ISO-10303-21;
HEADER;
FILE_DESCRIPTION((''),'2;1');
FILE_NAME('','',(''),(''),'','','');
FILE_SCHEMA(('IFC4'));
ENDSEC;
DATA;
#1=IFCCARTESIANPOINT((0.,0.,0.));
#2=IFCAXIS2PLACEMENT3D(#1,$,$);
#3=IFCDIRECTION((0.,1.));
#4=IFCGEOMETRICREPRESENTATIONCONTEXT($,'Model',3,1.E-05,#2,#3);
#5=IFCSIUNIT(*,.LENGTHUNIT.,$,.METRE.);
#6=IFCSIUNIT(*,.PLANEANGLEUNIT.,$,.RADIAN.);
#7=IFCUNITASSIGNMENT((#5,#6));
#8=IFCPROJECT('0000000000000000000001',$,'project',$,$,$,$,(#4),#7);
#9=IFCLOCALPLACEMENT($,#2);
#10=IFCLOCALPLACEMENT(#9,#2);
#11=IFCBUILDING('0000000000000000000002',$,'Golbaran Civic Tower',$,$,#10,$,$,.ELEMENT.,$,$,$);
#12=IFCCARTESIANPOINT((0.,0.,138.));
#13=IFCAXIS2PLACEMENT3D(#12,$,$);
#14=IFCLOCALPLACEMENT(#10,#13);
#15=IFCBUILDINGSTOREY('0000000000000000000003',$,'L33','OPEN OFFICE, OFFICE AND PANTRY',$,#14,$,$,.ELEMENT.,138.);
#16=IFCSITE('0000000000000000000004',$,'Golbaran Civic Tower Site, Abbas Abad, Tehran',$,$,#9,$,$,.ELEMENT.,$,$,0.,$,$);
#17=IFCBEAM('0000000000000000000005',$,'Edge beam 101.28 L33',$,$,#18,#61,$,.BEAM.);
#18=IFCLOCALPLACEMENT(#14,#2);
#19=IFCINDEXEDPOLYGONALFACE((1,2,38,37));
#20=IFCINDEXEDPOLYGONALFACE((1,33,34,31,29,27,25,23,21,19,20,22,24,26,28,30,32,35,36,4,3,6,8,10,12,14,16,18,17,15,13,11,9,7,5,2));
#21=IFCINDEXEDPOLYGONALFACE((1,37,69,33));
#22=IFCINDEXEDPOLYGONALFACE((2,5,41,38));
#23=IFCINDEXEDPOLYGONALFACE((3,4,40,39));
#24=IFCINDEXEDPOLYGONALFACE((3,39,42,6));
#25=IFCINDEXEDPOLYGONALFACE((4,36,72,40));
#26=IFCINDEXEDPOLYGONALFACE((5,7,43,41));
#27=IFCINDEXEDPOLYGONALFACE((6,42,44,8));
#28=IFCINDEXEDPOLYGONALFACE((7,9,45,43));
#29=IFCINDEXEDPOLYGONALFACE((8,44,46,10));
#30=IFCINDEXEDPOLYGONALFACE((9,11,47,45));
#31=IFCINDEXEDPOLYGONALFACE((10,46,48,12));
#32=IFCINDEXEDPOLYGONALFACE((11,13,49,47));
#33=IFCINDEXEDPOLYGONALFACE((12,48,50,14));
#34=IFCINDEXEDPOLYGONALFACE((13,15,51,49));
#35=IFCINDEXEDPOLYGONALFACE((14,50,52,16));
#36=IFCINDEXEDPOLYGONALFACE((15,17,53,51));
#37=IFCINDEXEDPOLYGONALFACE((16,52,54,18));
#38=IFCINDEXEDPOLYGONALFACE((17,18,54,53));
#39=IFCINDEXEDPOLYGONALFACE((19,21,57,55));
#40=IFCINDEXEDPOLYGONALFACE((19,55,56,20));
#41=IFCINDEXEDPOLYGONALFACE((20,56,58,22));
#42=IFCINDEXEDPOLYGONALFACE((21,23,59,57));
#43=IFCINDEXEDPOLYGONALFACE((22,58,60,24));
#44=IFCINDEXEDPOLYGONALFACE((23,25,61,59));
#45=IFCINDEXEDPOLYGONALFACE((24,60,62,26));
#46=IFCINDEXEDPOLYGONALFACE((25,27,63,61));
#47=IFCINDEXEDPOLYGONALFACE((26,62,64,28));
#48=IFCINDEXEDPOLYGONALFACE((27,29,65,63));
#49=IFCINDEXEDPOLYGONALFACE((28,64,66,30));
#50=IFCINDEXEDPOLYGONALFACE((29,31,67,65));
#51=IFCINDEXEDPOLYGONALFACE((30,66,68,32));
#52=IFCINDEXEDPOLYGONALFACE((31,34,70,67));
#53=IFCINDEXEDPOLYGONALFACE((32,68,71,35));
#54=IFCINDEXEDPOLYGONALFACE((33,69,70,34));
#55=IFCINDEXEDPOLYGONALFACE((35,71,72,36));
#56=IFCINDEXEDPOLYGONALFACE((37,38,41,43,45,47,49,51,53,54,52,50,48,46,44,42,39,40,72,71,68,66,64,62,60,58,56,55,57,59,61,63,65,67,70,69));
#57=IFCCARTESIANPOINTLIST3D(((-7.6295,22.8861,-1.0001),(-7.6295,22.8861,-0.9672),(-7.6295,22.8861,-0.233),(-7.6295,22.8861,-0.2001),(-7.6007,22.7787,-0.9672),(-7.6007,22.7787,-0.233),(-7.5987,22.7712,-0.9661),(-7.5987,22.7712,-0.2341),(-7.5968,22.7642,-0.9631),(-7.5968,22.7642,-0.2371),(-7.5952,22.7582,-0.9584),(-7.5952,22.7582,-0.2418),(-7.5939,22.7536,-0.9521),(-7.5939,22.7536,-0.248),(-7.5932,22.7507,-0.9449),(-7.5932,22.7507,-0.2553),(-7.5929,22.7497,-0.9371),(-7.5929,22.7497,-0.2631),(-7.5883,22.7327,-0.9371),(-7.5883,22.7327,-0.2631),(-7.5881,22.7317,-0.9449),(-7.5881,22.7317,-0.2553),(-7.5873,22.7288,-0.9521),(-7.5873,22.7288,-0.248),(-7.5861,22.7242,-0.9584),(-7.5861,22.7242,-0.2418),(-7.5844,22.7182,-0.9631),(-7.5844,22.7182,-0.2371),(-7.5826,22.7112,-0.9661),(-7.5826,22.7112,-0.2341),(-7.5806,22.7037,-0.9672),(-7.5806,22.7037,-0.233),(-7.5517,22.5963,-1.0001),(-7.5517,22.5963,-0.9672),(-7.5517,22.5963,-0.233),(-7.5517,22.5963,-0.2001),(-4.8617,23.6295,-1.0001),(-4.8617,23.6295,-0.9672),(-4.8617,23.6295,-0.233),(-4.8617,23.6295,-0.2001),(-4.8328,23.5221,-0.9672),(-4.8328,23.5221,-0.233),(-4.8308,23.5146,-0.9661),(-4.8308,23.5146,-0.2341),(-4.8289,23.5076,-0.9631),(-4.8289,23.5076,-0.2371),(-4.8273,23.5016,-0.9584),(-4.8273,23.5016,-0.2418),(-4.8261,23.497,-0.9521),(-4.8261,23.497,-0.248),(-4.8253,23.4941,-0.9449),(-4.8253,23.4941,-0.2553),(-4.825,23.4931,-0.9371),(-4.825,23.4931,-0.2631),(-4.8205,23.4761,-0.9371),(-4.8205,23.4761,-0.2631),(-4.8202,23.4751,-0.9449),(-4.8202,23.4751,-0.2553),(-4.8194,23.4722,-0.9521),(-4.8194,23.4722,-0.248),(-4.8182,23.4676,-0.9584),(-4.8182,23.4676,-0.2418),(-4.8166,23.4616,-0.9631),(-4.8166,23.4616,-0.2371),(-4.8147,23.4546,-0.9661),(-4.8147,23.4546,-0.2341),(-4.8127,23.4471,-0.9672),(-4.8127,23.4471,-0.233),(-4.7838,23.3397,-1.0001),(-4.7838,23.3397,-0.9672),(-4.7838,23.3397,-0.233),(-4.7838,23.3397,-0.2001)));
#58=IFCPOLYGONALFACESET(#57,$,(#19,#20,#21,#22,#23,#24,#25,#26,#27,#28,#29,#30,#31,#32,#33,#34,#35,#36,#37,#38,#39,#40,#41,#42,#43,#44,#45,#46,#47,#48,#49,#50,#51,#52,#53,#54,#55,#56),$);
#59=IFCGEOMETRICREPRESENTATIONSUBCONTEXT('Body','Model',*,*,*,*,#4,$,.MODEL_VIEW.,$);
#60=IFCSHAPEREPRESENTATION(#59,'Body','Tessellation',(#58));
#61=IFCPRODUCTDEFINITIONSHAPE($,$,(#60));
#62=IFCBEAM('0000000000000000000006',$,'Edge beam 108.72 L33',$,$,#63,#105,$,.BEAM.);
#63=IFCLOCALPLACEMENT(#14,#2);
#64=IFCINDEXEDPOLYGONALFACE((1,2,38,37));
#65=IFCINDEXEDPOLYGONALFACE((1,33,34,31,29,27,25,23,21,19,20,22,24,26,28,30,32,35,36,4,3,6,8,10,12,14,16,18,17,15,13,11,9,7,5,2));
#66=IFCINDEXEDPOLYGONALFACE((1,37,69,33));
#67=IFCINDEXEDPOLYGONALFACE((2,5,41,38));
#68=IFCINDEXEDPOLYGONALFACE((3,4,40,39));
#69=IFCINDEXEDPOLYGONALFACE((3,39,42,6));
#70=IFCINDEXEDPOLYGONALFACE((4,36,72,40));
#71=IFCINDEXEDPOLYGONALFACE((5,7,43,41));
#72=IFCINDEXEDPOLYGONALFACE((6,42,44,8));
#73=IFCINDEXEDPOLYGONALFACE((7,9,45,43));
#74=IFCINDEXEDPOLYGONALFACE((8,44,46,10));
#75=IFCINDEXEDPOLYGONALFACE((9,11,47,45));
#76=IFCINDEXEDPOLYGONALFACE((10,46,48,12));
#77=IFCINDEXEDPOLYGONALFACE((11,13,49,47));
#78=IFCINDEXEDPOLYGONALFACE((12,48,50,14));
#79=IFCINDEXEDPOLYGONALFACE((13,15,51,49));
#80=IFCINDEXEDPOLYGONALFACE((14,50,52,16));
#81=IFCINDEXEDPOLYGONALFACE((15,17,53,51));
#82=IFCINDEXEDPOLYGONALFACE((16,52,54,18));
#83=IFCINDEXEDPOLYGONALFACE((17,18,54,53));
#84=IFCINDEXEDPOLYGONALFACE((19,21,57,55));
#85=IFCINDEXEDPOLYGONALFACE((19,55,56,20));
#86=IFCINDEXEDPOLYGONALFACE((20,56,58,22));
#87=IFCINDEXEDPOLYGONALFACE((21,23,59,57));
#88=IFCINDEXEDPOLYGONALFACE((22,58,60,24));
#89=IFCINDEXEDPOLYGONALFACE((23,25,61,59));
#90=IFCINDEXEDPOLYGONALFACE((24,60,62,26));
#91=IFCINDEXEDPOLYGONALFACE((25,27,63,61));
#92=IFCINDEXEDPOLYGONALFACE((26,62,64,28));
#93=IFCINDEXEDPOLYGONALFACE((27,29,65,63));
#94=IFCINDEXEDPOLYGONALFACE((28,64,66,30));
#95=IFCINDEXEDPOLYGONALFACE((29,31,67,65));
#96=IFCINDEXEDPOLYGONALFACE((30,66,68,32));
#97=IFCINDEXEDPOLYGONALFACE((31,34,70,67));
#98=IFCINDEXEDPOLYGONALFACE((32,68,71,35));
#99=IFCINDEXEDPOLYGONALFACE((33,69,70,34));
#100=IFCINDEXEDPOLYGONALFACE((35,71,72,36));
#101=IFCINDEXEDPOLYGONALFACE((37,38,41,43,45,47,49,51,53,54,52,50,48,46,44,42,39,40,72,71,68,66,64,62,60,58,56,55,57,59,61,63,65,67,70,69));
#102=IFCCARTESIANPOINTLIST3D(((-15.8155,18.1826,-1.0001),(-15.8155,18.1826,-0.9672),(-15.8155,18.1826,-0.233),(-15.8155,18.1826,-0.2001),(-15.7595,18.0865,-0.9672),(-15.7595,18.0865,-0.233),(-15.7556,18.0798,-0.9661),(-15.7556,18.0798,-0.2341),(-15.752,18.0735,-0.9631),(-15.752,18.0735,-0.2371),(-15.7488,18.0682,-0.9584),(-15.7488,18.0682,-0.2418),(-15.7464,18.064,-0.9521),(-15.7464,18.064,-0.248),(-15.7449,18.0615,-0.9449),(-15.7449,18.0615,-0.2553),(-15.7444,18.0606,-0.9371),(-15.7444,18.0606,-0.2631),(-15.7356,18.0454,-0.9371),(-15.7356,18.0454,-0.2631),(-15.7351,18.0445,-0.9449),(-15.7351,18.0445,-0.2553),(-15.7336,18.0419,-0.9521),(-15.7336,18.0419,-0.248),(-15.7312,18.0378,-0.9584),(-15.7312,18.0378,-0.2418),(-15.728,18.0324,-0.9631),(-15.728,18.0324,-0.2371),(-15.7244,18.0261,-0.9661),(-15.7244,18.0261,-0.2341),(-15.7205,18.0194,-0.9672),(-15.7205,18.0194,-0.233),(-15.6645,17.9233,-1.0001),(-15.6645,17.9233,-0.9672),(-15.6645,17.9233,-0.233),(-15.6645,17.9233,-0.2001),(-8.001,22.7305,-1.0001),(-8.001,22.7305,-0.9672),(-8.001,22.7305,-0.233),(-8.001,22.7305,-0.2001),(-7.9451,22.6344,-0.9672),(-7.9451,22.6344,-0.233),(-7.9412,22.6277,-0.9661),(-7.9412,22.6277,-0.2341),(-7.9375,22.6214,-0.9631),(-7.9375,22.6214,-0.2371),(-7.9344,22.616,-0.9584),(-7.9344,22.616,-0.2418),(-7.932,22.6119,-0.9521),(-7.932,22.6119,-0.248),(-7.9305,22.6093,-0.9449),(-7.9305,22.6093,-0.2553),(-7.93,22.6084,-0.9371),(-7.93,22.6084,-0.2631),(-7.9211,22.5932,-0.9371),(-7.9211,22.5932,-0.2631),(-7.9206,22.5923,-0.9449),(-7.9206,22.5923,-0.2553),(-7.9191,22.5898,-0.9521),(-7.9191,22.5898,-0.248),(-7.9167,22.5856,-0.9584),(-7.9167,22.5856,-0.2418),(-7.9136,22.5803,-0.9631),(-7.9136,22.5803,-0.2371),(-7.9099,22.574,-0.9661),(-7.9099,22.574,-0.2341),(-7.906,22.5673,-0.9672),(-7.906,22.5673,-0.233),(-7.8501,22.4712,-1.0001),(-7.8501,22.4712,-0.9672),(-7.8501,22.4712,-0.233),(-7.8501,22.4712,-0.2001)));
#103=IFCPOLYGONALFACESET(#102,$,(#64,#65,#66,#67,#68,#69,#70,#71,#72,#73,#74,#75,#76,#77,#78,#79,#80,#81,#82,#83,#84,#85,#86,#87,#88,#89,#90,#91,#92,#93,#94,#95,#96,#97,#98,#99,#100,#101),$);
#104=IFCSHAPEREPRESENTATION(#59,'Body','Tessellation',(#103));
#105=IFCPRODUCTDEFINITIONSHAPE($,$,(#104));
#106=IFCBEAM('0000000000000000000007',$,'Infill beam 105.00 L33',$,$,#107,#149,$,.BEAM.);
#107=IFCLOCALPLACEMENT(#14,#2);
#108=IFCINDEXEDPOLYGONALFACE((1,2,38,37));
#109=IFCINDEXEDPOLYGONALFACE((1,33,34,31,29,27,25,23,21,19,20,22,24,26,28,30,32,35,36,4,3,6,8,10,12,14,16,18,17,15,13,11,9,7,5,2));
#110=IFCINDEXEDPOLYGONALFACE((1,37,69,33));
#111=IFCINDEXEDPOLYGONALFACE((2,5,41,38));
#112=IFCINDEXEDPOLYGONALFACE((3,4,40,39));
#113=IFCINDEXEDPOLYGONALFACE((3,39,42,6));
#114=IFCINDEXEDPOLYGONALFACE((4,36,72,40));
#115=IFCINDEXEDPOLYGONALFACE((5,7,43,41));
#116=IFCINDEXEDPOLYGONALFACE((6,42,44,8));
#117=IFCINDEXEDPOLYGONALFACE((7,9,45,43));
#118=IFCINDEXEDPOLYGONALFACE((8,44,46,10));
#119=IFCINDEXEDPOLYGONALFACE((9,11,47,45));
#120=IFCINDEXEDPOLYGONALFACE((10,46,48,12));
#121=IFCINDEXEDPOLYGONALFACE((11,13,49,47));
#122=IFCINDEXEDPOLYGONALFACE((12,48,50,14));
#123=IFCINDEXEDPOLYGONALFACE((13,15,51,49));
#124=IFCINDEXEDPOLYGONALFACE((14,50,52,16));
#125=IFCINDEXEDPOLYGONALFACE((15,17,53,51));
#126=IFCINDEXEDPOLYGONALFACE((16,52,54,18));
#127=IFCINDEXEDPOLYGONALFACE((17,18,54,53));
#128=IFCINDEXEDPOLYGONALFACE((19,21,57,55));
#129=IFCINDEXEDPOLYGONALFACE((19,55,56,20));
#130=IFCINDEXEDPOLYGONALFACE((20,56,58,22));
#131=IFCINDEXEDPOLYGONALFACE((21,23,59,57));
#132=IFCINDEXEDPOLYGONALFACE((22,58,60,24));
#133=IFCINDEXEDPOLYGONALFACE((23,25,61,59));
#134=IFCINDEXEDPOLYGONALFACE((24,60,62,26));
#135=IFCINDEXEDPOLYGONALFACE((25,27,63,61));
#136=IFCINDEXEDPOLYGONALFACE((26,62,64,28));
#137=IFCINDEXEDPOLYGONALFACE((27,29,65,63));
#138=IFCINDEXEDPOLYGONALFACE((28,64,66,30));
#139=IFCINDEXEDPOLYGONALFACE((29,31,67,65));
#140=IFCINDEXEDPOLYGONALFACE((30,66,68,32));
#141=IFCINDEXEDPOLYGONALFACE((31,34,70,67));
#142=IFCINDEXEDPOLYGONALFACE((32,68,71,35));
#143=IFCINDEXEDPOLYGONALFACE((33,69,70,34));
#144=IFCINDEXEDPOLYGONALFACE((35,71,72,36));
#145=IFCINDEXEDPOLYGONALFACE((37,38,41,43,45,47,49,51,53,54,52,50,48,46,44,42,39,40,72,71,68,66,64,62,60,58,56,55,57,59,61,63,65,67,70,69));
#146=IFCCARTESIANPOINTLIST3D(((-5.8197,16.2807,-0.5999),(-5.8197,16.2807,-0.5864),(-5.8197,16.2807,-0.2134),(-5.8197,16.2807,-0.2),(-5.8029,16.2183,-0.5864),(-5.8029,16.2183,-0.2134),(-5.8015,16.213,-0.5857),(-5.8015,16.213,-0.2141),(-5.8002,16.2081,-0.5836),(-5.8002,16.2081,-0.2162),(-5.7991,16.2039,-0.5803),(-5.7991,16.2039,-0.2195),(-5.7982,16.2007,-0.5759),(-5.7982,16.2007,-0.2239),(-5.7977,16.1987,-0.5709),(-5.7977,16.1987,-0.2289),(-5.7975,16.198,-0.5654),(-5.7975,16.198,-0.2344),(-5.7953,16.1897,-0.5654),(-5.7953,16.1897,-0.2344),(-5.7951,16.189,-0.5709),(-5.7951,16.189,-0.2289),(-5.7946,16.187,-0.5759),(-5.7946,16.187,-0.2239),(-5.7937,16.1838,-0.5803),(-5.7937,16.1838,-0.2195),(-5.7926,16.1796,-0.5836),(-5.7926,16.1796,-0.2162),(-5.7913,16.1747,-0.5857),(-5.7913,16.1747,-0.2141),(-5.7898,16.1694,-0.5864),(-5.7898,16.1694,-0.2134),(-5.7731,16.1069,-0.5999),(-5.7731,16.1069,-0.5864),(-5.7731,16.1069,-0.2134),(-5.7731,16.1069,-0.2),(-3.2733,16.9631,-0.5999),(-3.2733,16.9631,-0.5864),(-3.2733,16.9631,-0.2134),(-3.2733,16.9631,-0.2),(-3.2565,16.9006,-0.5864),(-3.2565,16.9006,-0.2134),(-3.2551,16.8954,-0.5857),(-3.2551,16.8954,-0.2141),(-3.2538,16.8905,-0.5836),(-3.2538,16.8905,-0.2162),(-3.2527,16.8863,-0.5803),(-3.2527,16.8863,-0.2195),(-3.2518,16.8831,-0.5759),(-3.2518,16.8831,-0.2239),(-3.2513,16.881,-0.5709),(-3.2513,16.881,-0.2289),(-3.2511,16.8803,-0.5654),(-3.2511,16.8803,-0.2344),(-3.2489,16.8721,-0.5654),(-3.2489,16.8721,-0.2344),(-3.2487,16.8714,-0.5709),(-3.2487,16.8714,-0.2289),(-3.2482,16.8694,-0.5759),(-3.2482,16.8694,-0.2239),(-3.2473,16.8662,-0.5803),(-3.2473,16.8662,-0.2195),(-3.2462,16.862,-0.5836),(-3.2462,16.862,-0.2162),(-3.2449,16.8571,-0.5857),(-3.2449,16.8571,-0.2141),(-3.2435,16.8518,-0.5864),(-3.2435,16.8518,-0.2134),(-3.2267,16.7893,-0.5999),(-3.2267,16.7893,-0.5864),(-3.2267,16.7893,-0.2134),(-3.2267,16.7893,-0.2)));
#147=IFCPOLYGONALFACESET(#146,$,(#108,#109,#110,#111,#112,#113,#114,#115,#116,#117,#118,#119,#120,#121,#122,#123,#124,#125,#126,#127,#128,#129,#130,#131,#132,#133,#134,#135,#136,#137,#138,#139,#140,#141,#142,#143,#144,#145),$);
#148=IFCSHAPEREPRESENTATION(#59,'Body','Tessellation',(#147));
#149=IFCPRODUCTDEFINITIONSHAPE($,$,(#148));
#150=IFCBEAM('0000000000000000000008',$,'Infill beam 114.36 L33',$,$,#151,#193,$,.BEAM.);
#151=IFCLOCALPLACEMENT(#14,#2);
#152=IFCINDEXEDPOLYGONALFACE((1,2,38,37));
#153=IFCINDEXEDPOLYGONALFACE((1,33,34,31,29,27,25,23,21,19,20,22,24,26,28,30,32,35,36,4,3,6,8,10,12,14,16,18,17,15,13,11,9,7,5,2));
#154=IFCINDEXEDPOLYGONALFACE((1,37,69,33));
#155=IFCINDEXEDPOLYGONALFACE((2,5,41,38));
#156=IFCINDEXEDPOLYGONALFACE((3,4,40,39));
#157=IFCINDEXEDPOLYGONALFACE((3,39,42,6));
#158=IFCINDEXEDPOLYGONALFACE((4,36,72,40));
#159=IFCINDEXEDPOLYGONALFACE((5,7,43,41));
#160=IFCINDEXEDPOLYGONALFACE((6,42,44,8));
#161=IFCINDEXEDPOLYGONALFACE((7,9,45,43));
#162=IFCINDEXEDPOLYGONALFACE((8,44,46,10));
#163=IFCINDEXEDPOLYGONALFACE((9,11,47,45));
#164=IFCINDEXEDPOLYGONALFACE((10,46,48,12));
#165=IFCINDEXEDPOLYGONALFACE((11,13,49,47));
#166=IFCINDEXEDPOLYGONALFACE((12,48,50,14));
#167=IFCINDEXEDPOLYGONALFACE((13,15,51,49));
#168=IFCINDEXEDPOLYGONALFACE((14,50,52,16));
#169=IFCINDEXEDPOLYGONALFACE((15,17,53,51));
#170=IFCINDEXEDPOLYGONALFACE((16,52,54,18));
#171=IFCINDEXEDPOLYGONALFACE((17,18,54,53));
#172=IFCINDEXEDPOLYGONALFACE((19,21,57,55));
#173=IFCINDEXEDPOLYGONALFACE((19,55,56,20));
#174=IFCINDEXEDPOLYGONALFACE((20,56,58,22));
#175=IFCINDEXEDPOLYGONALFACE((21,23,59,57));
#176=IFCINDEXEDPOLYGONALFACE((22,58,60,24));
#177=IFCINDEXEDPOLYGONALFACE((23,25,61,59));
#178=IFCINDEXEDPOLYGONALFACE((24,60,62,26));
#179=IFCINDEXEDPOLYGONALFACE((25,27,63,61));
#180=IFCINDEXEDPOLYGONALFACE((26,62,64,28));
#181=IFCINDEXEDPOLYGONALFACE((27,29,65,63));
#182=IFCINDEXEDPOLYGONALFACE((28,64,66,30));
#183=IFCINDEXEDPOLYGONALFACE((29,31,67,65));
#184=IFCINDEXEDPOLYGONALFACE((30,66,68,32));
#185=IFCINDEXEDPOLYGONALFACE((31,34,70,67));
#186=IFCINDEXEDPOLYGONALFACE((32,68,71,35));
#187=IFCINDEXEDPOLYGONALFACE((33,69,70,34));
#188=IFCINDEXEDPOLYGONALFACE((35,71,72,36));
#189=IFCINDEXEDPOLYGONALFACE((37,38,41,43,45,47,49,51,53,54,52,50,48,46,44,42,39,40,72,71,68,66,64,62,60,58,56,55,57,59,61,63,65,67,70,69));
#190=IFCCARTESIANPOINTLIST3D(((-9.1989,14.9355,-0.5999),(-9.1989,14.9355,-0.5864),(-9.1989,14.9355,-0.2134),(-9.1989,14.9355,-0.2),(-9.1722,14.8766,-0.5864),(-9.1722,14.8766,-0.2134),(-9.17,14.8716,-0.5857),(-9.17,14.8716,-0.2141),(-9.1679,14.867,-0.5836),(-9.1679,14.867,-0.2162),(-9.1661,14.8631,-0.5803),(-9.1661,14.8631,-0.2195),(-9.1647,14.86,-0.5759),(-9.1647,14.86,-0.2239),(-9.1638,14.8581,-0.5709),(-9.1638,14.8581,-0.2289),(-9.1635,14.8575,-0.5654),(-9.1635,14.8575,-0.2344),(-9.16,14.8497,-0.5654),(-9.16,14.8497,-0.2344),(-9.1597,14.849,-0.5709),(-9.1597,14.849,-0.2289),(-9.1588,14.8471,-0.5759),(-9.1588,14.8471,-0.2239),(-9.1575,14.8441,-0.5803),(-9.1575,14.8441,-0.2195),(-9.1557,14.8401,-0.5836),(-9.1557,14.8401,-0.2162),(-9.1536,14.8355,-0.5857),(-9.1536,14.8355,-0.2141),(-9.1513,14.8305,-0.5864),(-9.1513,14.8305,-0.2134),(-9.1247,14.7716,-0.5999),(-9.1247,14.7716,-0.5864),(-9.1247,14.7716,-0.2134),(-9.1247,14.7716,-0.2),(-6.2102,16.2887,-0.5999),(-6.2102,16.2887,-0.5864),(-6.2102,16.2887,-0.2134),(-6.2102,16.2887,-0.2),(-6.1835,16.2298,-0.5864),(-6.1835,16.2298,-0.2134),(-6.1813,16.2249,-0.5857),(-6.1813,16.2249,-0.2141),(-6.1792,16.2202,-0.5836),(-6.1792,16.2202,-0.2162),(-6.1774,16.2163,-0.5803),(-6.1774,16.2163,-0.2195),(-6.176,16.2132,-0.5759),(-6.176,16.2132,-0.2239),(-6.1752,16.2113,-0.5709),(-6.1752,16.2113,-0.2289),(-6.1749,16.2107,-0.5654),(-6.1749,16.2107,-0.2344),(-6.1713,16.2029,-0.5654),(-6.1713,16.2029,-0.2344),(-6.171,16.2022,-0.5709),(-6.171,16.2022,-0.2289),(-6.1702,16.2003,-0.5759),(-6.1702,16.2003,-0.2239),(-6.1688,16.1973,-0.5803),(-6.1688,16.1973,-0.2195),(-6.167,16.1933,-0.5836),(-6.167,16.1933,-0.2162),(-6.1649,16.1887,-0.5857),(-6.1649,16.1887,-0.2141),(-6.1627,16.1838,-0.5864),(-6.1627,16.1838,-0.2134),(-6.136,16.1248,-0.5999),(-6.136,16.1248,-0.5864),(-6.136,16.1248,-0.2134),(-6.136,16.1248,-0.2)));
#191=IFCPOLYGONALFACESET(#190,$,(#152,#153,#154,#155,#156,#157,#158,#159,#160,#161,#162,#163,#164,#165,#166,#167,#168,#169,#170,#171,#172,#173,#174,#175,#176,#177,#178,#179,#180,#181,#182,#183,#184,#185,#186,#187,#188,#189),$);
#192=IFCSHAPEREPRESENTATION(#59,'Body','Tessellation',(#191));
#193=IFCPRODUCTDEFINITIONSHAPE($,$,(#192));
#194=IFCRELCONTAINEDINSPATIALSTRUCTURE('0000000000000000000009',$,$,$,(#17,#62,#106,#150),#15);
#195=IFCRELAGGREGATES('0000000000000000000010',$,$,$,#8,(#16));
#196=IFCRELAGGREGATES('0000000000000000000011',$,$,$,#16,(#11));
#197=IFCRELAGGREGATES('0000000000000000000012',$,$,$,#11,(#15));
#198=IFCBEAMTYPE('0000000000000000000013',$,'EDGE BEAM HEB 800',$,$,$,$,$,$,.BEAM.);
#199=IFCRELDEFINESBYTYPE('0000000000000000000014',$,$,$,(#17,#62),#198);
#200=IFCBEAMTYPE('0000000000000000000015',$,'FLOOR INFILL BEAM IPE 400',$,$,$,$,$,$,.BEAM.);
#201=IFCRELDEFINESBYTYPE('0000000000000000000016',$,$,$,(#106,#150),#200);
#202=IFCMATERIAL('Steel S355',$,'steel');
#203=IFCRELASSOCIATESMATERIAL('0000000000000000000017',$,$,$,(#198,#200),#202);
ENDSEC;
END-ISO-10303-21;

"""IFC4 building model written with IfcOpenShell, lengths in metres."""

from ifc_helpers import new_model, si_unit, direction, frame, origin, origin_2d, place, context, subcontext, project, spatial, i_section, extrude, material, material_profile, profile_set, type_object, element, save


model = new_model("IFC4")

# Units and contexts
model_context = context("Model", 3, precision=1e-05, world=origin(), true_north=direction((0.0, 1.0)))
body_context = subcontext(model_context, "Body", "Model", "MODEL_VIEW")
ifc_project = project(units=[si_unit("LENGTHUNIT", "METRE"), si_unit("PLANEANGLEUNIT", "RADIAN")], contexts=[model_context])

# Site, building, storey
site_placement = place(None, origin())
site = spatial("IfcSite", under=ifc_project, at=site_placement, Name="Golbaran Civic Tower Site, Abbas Abad, Tehran", CompositionType="ELEMENT", RefElevation=0.0)
building_placement = place(site_placement, origin())
building = spatial("IfcBuilding", under=site, at=building_placement, Name="Golbaran Civic Tower", CompositionType="ELEMENT")
storey_placement = place(building_placement, frame((0.0, 0.0, 138.0)))
storey = spatial("IfcBuildingStorey", under=building, at=storey_placement, Name="L33", Description="OPEN OFFICE, OFFICE AND PANTRY", CompositionType="ELEMENT", Elevation=138.0)

# Beams
ifc_material_1 = material(Name="Steel S355", Category="steel")
ifc_material_profile_1 = material_profile(ifc_material_1, i_section(OverallWidth=0.3, OverallDepth=0.8, WebThickness=0.0176, FlangeThickness=0.033, FilletRadius=0.03, at=origin_2d()), Name="HEB 800")
ifc_profile_set_1 = profile_set([ifc_material_profile_1], Name="Steel S355")
beam_type_1 = type_object("IfcBeamType", Name="EDGE BEAM HEB 800", PredefinedType="BEAM", material=ifc_profile_set_1)
beam_1_placement = place(storey_placement, frame((-4.8228, 23.4846, -0.6001), z_axis=(-0.965771, -0.259396, 0.0), x_axis=(0.259396, -0.965771, 0.0)))
element("IfcBeam", 1, at=beam_1_placement, inside=storey, type_object=beam_type_1, Name="Edge beam 101.28 L33", PredefinedType="BEAM", context=body_context, shape_type="SweptSolid", body=[
    extrude(i_section(OverallWidth=0.3, OverallDepth=0.8, WebThickness=0.0176, FlangeThickness=0.033, FilletRadius=0.03, at=origin_2d()), origin(), (0.0, 0.0, 1.0), 2.866),
])
beam_2_placement = place(storey_placement, frame((-7.9255, 22.6008, -0.6001), z_axis=(-0.864288, -0.502998, 0.0), x_axis=(0.502998, -0.864288, 0.0)))
element("IfcBeam", 2, at=beam_2_placement, inside=storey, type_object=beam_type_1, Name="Edge beam 108.72 L33", PredefinedType="BEAM", context=body_context, shape_type="SweptSolid", body=[
    extrude(i_section(OverallWidth=0.3, OverallDepth=0.8, WebThickness=0.0176, FlangeThickness=0.033, FilletRadius=0.03, at=origin_2d()), origin(), (0.0, 0.0, 1.0), 9.0415),
])
ifc_material_profile_2 = material_profile(ifc_material_1, i_section(OverallWidth=0.1799, OverallDepth=0.3999, WebThickness=0.0085, FlangeThickness=0.0134, FilletRadius=0.021, at=origin_2d()), Name="IPE 400")
ifc_profile_set_2 = profile_set([ifc_material_profile_2], Name="Steel S355")
beam_type_2 = type_object("IfcBeamType", Name="FLOOR INFILL BEAM IPE 400", PredefinedType="BEAM", material=ifc_profile_set_2)
beam_3_placement = place(storey_placement, frame((-3.25, 16.8762, -0.3999), z_axis=(-0.965919, -0.258844, 0.0), x_axis=(0.258844, -0.965919, 0.0)))
element("IfcBeam", 3, at=beam_3_placement, inside=storey, type_object=beam_type_2, Name="Infill beam 105.00 L33", PredefinedType="BEAM", context=body_context, shape_type="SweptSolid", body=[
    extrude(i_section(OverallWidth=0.1799, OverallDepth=0.3999, WebThickness=0.0085, FlangeThickness=0.0134, FilletRadius=0.021, at=origin_2d()), origin(), (0.0, 0.0, 1.0), 2.6362),
])
beam_4_placement = place(storey_placement, frame((-6.1731, 16.2068, -0.3999), z_axis=(-0.910969, -0.412474, 0.0), x_axis=(0.412474, -0.910969, 0.0)))
element("IfcBeam", 4, at=beam_4_placement, inside=storey, type_object=beam_type_2, Name="Infill beam 114.36 L33", PredefinedType="BEAM", context=body_context, shape_type="SweptSolid", body=[
    extrude(i_section(OverallWidth=0.1799, OverallDepth=0.3999, WebThickness=0.0085, FlangeThickness=0.0134, FilletRadius=0.021, at=origin_2d()), origin(), (0.0, 0.0, 1.0), 3.2808),
])

save(model, "model.ifc")
